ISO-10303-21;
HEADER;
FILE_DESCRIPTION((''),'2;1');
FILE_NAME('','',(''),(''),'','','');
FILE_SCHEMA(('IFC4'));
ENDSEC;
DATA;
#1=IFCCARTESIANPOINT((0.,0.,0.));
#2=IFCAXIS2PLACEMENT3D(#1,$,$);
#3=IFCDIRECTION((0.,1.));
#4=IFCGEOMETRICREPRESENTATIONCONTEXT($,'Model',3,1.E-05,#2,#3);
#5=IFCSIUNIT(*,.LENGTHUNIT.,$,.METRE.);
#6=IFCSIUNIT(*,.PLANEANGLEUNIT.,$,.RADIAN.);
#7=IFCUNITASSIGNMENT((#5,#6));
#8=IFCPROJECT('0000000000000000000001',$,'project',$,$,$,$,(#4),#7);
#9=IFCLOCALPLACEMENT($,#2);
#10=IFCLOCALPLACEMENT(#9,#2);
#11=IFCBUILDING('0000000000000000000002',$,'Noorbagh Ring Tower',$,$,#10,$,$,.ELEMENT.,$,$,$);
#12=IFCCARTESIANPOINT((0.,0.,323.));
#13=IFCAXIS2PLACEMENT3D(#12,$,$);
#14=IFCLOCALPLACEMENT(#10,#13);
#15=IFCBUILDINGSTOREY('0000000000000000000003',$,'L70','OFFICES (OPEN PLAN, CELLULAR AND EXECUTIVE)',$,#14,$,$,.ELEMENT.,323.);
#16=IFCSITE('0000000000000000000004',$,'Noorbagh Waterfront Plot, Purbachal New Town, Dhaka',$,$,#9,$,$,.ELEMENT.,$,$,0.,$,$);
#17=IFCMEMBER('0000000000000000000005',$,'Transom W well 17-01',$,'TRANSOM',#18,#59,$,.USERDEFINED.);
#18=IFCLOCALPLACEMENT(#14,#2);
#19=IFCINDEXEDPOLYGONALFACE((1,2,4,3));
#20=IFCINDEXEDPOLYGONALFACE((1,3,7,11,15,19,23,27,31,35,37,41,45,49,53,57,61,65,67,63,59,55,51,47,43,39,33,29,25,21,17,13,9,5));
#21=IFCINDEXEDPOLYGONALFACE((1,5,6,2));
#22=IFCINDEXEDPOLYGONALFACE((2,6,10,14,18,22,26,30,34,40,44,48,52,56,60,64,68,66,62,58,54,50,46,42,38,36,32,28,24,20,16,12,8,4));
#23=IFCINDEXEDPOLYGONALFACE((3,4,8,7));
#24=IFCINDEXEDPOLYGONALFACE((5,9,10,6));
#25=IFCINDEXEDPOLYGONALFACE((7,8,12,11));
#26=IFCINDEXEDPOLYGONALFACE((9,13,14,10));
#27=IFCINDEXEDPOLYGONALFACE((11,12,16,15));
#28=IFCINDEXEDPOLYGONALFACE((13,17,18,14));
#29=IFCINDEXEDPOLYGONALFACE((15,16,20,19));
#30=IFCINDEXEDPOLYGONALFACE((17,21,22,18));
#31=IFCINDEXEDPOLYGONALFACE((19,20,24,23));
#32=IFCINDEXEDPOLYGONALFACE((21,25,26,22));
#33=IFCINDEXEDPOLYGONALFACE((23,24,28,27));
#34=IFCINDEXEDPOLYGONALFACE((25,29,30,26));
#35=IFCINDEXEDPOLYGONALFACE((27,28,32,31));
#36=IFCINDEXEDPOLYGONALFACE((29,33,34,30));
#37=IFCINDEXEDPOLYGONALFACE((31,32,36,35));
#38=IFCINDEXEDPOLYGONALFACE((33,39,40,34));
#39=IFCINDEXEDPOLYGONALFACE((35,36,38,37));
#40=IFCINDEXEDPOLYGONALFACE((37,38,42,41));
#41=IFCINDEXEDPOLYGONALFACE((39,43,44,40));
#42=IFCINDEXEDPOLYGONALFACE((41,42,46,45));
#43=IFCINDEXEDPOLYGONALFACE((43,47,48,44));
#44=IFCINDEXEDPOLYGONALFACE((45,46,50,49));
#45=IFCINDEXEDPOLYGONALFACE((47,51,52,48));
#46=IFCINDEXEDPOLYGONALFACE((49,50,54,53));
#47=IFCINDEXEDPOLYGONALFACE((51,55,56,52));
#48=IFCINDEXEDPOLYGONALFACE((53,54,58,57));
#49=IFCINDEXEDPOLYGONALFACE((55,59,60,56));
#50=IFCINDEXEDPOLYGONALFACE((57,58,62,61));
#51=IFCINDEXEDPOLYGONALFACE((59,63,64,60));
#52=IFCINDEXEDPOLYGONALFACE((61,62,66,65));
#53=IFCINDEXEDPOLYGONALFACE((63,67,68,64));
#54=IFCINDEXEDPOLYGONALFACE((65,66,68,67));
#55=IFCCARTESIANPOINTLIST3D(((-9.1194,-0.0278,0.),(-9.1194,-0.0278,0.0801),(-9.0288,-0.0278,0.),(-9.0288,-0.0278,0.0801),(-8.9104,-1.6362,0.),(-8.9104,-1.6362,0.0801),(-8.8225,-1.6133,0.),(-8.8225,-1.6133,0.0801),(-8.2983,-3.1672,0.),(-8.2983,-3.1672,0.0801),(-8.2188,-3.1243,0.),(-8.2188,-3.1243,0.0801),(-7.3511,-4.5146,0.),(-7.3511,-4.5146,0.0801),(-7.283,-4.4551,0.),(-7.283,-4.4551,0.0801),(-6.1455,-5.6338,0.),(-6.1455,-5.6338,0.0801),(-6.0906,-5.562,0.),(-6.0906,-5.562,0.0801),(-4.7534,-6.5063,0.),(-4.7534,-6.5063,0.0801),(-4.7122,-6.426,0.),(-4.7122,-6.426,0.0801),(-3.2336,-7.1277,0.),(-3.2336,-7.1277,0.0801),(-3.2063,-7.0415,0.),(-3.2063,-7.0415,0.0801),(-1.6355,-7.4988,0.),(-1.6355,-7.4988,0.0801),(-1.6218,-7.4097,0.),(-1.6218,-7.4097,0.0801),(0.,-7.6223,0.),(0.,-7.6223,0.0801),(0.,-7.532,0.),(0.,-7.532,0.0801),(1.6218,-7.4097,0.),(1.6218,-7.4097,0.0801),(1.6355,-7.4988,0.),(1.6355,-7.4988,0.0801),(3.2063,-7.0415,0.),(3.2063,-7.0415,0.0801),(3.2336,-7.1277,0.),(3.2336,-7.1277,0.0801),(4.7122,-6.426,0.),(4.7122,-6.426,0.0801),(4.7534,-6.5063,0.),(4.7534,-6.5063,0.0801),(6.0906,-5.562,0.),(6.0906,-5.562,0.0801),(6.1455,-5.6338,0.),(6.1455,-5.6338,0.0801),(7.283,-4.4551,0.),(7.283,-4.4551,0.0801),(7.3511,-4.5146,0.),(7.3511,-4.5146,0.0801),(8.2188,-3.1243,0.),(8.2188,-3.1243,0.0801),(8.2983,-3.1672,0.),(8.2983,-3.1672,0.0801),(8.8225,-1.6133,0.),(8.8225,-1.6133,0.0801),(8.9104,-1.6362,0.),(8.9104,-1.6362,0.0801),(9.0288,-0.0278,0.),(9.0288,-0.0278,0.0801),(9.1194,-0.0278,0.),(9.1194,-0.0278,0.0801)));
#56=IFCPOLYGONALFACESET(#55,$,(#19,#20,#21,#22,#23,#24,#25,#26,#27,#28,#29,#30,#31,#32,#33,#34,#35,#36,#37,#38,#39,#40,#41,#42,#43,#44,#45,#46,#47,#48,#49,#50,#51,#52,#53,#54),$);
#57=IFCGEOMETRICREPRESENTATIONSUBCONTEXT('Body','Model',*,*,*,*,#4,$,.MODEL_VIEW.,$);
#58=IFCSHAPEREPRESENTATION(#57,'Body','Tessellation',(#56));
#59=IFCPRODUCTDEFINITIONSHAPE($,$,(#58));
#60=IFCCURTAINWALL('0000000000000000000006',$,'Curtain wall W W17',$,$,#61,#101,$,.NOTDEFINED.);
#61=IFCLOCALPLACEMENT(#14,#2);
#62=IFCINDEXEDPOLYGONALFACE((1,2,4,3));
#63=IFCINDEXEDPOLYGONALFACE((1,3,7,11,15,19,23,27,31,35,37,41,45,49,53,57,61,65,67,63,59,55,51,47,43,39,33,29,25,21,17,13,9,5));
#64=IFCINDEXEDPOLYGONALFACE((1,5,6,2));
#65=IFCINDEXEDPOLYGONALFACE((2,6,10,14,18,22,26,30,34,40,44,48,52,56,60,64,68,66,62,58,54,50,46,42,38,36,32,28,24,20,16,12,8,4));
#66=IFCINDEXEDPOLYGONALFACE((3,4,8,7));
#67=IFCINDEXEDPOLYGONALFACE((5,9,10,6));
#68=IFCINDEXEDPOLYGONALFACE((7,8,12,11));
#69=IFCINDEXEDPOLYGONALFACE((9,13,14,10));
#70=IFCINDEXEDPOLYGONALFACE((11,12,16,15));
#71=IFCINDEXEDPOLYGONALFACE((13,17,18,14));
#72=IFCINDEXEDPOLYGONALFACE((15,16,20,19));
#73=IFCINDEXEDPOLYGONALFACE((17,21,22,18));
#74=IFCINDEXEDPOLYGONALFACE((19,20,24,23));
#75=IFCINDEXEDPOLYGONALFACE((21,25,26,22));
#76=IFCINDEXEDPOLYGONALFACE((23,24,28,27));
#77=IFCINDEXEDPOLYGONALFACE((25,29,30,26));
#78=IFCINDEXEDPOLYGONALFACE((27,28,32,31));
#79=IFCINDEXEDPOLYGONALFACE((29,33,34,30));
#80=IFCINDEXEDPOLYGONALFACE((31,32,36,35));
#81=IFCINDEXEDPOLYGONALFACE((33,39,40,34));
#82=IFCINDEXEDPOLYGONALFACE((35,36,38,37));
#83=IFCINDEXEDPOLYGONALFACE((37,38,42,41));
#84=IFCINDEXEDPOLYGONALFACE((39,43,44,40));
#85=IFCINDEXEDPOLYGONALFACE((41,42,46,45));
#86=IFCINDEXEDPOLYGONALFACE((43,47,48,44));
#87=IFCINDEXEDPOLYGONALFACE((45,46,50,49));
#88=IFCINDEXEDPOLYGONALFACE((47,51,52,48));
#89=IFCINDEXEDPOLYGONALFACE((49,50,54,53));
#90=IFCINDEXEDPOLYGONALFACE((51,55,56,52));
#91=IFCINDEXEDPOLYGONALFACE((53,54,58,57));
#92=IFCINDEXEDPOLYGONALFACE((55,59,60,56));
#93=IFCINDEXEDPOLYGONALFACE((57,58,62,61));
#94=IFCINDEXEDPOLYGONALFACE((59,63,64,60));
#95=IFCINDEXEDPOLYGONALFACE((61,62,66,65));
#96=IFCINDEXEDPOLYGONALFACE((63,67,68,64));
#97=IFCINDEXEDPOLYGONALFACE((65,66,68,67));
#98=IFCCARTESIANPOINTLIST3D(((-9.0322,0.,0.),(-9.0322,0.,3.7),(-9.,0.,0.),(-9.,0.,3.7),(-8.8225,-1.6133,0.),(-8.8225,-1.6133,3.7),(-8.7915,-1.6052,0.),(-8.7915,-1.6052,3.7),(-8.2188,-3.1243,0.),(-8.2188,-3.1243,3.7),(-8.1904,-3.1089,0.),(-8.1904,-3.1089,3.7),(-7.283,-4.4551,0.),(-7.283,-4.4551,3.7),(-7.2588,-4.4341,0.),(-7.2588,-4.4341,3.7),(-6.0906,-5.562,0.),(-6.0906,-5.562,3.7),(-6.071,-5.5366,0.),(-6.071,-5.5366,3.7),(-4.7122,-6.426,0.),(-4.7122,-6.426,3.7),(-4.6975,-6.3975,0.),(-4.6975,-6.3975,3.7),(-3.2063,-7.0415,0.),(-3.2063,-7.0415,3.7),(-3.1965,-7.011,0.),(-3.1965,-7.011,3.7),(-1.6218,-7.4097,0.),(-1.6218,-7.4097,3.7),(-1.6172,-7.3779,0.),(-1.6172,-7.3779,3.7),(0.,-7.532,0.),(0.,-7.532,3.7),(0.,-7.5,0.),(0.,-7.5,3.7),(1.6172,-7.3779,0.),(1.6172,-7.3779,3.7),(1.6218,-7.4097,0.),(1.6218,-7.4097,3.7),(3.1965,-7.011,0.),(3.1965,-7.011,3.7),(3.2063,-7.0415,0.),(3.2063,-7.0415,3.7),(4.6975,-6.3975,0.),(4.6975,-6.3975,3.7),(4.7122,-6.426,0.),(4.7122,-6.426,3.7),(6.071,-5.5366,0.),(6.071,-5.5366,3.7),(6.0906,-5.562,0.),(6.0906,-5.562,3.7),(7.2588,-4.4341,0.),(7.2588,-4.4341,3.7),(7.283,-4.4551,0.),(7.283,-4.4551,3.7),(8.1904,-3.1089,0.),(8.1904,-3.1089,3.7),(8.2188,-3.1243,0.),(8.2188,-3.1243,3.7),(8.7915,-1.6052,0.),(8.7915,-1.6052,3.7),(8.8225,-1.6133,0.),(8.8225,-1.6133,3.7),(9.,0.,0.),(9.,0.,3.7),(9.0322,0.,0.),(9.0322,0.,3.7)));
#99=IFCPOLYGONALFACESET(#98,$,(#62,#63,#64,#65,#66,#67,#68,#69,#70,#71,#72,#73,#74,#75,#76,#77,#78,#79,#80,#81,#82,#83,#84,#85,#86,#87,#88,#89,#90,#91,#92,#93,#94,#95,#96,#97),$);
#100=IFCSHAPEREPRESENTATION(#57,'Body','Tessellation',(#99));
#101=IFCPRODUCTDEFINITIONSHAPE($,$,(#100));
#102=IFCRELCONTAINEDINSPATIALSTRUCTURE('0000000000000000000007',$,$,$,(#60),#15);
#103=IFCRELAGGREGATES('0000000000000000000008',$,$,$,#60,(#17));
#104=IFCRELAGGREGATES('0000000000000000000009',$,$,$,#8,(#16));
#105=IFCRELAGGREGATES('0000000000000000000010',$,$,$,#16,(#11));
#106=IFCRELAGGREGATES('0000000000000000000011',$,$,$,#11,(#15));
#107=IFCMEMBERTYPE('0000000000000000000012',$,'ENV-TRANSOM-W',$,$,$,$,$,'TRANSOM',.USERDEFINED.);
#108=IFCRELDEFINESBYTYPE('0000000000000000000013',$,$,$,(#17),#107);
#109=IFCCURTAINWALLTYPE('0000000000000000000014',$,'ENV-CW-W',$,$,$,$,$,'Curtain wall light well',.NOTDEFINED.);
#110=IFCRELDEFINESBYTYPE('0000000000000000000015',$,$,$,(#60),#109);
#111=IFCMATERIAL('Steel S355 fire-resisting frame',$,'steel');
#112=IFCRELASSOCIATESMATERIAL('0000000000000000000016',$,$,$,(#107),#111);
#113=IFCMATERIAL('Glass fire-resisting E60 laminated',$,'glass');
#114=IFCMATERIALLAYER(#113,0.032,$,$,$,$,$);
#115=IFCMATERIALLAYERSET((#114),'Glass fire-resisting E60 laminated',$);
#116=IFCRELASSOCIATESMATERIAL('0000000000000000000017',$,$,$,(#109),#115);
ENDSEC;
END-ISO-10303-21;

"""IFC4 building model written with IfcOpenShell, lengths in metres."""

from ifc_helpers import new_model, si_unit, direction, frame, origin, place, context, subcontext, project, spatial, polyline, outline, extrude, material, layer, layer_set, type_object, element, aggregate, save


model = new_model("IFC4")

# Units and contexts
model_context = context("Model", 3, precision=1e-05, world=origin(), true_north=direction((0.0, 1.0)))
body_context = subcontext(model_context, "Body", "Model", "MODEL_VIEW")
ifc_project = project(units=[si_unit("LENGTHUNIT", "METRE"), si_unit("PLANEANGLEUNIT", "RADIAN")], contexts=[model_context])

# Member
site_placement = place(None, origin())
building_placement = place(site_placement, origin())
storey_placement = place(building_placement, frame((0.0, 0.0, 323.0)))
ifc_material_1 = material(Name="Steel S355 fire-resisting frame", Category="steel")
member_type_1 = type_object("IfcMemberType", Name="ENV-TRANSOM-W", ElementType="TRANSOM", PredefinedType="USERDEFINED", material=ifc_material_1)
member_1_placement = place(storey_placement, origin())
member_1 = element("IfcMember", 1, at=member_1_placement, type_object=member_type_1, Name="Transom W well 17-01", ObjectType="TRANSOM", PredefinedType="USERDEFINED", context=body_context, shape_type="SweptSolid", body=[
    extrude(outline(polyline([(-9.1194, -0.0278), (-8.9104, -1.6362), (-8.2983, -3.1672), (-7.3511, -4.5146), (-6.1455, -5.6338), (-4.7534, -6.5063), (-3.2336, -7.1277), (-1.6355, -7.4988), (0.0, -7.6223), (1.6355, -7.4988), (3.2336, -7.1277), (4.7534, -6.5063), (6.1455, -5.6338), (7.3511, -4.5146), (8.2983, -3.1672), (8.9104, -1.6362), (9.1194, -0.0278), (9.0288, -0.0278), (8.8225, -1.6133), (8.2188, -3.1243), (7.283, -4.4551), (6.0906, -5.562), (4.7122, -6.426), (3.2063, -7.0415), (1.6218, -7.4097), (0.0, -7.532), (-1.6218, -7.4097), (-3.2063, -7.0415), (-4.7122, -6.426), (-6.0906, -5.562), (-7.283, -4.4551), (-8.2188, -3.1243), (-8.8225, -1.6133), (-9.0288, -0.0278), (-9.1194, -0.0278)])), origin(), (0.0, 0.0, 1.0), 0.0801),
])

# Site, building, storey
site = spatial("IfcSite", under=ifc_project, at=site_placement, Name="Noorbagh Waterfront Plot, Purbachal New Town, Dhaka", CompositionType="ELEMENT", RefElevation=0.0)
building = spatial("IfcBuilding", under=site, at=building_placement, Name="Noorbagh Ring Tower", CompositionType="ELEMENT")
storey = spatial("IfcBuildingStorey", under=building, at=storey_placement, Name="L70", Description="OFFICES (OPEN PLAN, CELLULAR AND EXECUTIVE)", CompositionType="ELEMENT", Elevation=323.0)

# Curtain wall
ifc_material_2 = material(Name="Glass fire-resisting E60 laminated", Category="glass")
ifc_layer_1 = layer(ifc_material_2, 0.032)
ifc_layer_set_1 = layer_set([ifc_layer_1], Name="Glass fire-resisting E60 laminated")
curtain_wall_type_1 = type_object("IfcCurtainWallType", Name="ENV-CW-W", ElementType="Curtain wall light well", PredefinedType="NOTDEFINED", material=ifc_layer_set_1)
curtain_wall_1_placement = place(storey_placement, origin())
curtain_wall_1 = element("IfcCurtainWall", 2, at=curtain_wall_1_placement, inside=storey, type_object=curtain_wall_type_1, Name="Curtain wall W W17", PredefinedType="NOTDEFINED", context=body_context, shape_type="SweptSolid", body=[
    extrude(outline(polyline([(-9.0322, 0.0), (-8.8225, -1.6133), (-8.2188, -3.1243), (-7.283, -4.4551), (-6.0906, -5.562), (-4.7122, -6.426), (-3.2063, -7.0415), (-1.6218, -7.4097), (0.0, -7.532), (1.6218, -7.4097), (3.2063, -7.0415), (4.7122, -6.426), (6.0906, -5.562), (7.283, -4.4551), (8.2188, -3.1243), (8.8225, -1.6133), (9.0322, 0.0), (9.0, 0.0), (8.7915, -1.6052), (8.1904, -3.1089), (7.2588, -4.4341), (6.071, -5.5366), (4.6975, -6.3975), (3.1965, -7.011), (1.6172, -7.3779), (0.0, -7.5), (-1.6172, -7.3779), (-3.1965, -7.011), (-4.6975, -6.3975), (-6.071, -5.5366), (-7.2588, -4.4341), (-8.1904, -3.1089), (-8.7915, -1.6052), (-9.0, 0.0), (-9.0322, 0.0)])), origin(), (0.0, 0.0, 1.0), 3.7),
])
aggregate(curtain_wall_1, [member_1])

save(model, "model.ifc")
